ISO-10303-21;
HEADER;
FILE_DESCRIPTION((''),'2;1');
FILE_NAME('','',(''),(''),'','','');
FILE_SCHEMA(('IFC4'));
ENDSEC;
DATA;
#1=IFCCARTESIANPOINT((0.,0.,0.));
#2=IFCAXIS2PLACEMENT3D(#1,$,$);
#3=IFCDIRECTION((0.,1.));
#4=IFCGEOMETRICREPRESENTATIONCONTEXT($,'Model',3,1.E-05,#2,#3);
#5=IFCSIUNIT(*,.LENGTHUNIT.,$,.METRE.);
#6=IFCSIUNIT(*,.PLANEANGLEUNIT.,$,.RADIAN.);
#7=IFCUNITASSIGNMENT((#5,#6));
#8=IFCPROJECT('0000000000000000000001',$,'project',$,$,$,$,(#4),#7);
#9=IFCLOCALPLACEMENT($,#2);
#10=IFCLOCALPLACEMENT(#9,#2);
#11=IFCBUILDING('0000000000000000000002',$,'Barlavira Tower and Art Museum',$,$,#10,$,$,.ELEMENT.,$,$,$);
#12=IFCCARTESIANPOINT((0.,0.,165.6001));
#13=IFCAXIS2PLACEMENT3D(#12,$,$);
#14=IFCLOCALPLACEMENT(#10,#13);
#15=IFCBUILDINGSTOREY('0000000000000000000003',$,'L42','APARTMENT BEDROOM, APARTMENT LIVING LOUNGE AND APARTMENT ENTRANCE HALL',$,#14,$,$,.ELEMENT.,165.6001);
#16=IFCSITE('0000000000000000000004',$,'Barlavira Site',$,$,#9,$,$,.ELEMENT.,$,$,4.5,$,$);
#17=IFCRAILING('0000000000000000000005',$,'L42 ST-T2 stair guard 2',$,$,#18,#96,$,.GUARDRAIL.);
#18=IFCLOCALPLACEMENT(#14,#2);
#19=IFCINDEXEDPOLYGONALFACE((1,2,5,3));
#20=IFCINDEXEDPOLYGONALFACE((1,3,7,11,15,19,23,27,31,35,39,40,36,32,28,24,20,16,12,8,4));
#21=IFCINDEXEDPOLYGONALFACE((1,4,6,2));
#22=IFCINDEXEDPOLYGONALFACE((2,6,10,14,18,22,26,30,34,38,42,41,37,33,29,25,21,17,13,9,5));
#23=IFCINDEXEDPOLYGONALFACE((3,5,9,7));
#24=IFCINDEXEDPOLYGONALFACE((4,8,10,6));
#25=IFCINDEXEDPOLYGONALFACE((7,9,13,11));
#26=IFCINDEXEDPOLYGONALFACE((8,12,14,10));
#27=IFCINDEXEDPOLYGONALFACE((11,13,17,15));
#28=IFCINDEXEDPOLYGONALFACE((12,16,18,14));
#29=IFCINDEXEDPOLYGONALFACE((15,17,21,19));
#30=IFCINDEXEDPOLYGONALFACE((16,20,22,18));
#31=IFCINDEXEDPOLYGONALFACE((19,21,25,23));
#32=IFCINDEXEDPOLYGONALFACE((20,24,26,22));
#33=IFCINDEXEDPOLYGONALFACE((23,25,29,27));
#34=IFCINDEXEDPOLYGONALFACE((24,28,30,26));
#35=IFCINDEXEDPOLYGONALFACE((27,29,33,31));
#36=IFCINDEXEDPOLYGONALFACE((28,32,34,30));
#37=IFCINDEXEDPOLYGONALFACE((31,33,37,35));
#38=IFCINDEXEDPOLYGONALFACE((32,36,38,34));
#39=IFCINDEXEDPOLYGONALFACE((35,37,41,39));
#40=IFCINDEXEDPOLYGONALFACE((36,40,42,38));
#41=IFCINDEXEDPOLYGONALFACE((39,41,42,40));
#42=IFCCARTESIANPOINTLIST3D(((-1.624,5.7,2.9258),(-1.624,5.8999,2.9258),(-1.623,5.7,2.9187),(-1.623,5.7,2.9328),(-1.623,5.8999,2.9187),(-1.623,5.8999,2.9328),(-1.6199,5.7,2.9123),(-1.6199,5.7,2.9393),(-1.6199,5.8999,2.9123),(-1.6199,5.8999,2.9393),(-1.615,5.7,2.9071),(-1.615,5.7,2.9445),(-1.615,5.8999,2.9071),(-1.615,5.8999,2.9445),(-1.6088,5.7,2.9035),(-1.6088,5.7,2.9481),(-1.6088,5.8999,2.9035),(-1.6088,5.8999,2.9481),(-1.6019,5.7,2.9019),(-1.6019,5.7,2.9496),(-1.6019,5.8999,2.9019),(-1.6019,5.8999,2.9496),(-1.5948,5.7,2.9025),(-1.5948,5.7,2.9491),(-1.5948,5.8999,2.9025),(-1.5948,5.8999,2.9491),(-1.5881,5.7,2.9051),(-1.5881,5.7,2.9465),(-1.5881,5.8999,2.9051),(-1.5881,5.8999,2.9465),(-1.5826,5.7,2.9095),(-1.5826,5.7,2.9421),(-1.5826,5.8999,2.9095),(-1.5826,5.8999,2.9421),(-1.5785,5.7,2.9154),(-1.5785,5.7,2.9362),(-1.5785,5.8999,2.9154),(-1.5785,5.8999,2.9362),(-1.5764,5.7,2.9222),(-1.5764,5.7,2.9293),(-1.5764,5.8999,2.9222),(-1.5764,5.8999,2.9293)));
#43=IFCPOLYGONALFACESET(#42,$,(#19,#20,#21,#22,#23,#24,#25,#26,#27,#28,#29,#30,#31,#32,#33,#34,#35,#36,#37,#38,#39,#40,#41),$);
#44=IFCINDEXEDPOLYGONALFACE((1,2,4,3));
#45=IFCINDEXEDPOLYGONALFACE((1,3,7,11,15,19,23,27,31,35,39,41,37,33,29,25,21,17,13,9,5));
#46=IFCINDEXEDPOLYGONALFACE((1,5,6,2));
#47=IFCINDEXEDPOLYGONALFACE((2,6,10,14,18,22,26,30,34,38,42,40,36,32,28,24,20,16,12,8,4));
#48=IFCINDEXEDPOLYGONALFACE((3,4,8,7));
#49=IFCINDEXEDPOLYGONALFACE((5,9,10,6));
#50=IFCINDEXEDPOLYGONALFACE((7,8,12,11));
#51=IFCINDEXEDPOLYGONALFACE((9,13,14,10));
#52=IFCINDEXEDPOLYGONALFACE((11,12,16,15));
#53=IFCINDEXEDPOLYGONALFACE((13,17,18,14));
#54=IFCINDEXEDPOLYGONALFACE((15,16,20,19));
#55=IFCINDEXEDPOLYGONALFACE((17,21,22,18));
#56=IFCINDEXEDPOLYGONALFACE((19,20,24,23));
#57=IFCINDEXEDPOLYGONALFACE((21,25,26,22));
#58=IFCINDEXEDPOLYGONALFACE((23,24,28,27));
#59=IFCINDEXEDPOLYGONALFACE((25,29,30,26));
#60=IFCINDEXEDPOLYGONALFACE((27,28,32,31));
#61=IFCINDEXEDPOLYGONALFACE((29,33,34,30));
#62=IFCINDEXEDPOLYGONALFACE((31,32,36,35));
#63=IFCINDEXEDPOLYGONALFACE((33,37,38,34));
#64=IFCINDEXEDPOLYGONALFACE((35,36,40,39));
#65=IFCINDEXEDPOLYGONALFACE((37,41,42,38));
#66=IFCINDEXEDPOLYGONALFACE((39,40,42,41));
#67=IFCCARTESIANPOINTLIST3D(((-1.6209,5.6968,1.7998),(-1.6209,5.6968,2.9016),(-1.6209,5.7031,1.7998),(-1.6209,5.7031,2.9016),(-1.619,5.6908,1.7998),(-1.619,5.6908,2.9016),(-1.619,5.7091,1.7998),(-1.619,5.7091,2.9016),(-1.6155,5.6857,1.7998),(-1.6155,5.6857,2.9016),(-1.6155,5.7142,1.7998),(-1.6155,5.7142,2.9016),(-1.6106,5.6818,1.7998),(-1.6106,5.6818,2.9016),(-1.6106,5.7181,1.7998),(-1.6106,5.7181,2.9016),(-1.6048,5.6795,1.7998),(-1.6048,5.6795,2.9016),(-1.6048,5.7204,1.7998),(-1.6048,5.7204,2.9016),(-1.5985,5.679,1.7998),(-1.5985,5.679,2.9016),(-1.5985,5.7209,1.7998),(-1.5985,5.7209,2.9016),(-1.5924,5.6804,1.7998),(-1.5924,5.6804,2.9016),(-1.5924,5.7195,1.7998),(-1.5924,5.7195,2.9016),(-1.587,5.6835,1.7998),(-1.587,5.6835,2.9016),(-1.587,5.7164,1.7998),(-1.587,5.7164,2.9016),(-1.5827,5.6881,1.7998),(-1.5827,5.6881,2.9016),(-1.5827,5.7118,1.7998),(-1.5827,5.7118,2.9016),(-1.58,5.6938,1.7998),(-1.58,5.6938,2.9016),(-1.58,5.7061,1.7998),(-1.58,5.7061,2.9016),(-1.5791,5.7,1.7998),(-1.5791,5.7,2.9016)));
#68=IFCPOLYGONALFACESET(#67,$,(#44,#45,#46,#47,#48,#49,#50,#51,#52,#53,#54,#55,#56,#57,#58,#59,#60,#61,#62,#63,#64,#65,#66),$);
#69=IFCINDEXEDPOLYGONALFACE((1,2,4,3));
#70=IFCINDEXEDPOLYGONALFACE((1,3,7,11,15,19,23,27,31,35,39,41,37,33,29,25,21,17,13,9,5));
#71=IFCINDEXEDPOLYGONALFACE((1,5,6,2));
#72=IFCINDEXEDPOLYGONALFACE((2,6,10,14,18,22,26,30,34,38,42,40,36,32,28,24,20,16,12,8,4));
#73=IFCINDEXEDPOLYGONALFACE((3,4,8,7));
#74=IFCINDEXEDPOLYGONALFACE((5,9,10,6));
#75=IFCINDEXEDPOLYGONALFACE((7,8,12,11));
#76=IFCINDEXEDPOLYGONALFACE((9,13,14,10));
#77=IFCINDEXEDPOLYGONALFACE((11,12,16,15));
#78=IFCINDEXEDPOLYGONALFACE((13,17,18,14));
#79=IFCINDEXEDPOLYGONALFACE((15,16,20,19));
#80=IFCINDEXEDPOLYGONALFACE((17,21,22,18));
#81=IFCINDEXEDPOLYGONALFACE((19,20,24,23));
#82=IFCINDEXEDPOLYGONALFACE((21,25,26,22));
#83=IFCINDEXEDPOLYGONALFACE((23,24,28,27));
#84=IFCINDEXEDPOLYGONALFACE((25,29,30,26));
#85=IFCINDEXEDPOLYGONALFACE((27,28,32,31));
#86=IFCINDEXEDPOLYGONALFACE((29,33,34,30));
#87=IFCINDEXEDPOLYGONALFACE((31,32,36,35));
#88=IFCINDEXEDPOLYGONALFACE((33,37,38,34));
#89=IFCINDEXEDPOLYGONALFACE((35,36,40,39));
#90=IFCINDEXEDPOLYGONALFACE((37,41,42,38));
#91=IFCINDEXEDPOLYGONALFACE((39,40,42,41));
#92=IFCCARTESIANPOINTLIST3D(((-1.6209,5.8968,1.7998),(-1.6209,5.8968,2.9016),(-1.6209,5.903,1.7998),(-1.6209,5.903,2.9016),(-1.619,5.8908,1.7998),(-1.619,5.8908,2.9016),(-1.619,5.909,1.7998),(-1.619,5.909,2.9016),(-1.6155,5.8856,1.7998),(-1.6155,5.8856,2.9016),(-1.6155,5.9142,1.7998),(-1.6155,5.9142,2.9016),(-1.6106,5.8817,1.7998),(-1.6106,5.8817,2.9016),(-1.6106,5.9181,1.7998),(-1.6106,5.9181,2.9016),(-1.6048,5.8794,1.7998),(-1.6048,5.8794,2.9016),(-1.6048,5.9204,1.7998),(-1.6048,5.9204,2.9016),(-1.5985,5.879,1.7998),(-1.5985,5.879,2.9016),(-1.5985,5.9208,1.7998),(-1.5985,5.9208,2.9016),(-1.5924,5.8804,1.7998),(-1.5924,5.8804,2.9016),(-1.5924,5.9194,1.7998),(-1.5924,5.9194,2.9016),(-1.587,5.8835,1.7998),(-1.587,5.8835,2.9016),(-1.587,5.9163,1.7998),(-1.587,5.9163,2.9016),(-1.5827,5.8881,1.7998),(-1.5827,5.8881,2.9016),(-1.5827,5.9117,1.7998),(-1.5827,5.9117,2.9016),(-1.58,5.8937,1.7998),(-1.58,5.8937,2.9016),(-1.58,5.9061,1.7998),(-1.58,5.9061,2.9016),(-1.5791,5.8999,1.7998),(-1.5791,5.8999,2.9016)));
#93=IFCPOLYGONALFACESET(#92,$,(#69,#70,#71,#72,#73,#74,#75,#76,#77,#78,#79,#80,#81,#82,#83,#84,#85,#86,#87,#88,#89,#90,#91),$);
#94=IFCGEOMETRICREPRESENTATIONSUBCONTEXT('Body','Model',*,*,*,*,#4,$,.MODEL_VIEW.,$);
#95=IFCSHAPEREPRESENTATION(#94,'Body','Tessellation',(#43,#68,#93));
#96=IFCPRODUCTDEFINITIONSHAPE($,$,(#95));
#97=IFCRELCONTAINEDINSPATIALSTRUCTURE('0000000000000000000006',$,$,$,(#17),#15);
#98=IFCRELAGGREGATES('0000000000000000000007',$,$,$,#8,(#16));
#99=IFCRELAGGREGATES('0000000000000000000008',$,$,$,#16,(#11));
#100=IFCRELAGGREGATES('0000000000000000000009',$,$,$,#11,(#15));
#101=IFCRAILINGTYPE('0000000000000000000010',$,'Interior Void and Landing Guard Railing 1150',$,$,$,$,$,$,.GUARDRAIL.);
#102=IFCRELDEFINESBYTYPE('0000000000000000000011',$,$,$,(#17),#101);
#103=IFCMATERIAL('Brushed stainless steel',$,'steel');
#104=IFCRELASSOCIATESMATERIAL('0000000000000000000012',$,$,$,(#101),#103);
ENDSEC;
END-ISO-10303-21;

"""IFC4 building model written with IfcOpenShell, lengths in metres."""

from ifc_helpers import new_model, si_unit, direction, frame, origin, origin_2d, place, context, subcontext, project, spatial, circle, extrude, material, type_object, element, save


model = new_model("IFC4")

# Units and contexts
model_context = context("Model", 3, precision=1e-05, world=origin(), true_north=direction((0.0, 1.0)))
body_context = subcontext(model_context, "Body", "Model", "MODEL_VIEW")
ifc_project = project(units=[si_unit("LENGTHUNIT", "METRE"), si_unit("PLANEANGLEUNIT", "RADIAN")], contexts=[model_context])

# Site, building, storey
site_placement = place(None, origin())
site = spatial("IfcSite", under=ifc_project, at=site_placement, Name="Barlavira Site", CompositionType="ELEMENT", RefElevation=4.5)
building_placement = place(site_placement, origin())
building = spatial("IfcBuilding", under=site, at=building_placement, Name="Barlavira Tower and Art Museum", CompositionType="ELEMENT")
storey_placement = place(building_placement, frame((0.0, 0.0, 165.6001)))
storey = spatial("IfcBuildingStorey", under=building, at=storey_placement, Name="L42", Description="APARTMENT BEDROOM, APARTMENT LIVING LOUNGE AND APARTMENT ENTRANCE HALL", CompositionType="ELEMENT", Elevation=165.6001)

# Shared definitions
ifc_material_1 = material(Name="Brushed stainless steel", Category="steel")

# Railing
railing_type_1 = type_object("IfcRailingType", Name="Interior Void and Landing Guard Railing 1150", PredefinedType="GUARDRAIL", material=ifc_material_1)
railing_1_placement = place(storey_placement, frame((-1.6001, 5.7, 1.7998)))
element("IfcRailing", 1, at=railing_1_placement, inside=storey, type_object=railing_type_1, Name="L42 ST-T2 stair guard 2", PredefinedType="GUARDRAIL", context=body_context, shape_type="SweptSolid", body=[
    extrude(circle(Radius=0.0239, at=origin_2d()), frame((0.0, 0.0, 1.126), z_axis=(0.0, 1.0, 0.0), x_axis=(-1.0, 0.0, 0.0)), (0.0, 0.0, 1.0), 0.2),
    extrude(circle(Radius=0.021, at=origin_2d()), origin(), (0.0, 0.0, 1.0), 1.1018),
    extrude(circle(Radius=0.021, at=origin_2d()), frame((0.0, 0.2, 0.0)), (0.0, 0.0, 1.0), 1.1018),
])

save(model, "model.ifc")
